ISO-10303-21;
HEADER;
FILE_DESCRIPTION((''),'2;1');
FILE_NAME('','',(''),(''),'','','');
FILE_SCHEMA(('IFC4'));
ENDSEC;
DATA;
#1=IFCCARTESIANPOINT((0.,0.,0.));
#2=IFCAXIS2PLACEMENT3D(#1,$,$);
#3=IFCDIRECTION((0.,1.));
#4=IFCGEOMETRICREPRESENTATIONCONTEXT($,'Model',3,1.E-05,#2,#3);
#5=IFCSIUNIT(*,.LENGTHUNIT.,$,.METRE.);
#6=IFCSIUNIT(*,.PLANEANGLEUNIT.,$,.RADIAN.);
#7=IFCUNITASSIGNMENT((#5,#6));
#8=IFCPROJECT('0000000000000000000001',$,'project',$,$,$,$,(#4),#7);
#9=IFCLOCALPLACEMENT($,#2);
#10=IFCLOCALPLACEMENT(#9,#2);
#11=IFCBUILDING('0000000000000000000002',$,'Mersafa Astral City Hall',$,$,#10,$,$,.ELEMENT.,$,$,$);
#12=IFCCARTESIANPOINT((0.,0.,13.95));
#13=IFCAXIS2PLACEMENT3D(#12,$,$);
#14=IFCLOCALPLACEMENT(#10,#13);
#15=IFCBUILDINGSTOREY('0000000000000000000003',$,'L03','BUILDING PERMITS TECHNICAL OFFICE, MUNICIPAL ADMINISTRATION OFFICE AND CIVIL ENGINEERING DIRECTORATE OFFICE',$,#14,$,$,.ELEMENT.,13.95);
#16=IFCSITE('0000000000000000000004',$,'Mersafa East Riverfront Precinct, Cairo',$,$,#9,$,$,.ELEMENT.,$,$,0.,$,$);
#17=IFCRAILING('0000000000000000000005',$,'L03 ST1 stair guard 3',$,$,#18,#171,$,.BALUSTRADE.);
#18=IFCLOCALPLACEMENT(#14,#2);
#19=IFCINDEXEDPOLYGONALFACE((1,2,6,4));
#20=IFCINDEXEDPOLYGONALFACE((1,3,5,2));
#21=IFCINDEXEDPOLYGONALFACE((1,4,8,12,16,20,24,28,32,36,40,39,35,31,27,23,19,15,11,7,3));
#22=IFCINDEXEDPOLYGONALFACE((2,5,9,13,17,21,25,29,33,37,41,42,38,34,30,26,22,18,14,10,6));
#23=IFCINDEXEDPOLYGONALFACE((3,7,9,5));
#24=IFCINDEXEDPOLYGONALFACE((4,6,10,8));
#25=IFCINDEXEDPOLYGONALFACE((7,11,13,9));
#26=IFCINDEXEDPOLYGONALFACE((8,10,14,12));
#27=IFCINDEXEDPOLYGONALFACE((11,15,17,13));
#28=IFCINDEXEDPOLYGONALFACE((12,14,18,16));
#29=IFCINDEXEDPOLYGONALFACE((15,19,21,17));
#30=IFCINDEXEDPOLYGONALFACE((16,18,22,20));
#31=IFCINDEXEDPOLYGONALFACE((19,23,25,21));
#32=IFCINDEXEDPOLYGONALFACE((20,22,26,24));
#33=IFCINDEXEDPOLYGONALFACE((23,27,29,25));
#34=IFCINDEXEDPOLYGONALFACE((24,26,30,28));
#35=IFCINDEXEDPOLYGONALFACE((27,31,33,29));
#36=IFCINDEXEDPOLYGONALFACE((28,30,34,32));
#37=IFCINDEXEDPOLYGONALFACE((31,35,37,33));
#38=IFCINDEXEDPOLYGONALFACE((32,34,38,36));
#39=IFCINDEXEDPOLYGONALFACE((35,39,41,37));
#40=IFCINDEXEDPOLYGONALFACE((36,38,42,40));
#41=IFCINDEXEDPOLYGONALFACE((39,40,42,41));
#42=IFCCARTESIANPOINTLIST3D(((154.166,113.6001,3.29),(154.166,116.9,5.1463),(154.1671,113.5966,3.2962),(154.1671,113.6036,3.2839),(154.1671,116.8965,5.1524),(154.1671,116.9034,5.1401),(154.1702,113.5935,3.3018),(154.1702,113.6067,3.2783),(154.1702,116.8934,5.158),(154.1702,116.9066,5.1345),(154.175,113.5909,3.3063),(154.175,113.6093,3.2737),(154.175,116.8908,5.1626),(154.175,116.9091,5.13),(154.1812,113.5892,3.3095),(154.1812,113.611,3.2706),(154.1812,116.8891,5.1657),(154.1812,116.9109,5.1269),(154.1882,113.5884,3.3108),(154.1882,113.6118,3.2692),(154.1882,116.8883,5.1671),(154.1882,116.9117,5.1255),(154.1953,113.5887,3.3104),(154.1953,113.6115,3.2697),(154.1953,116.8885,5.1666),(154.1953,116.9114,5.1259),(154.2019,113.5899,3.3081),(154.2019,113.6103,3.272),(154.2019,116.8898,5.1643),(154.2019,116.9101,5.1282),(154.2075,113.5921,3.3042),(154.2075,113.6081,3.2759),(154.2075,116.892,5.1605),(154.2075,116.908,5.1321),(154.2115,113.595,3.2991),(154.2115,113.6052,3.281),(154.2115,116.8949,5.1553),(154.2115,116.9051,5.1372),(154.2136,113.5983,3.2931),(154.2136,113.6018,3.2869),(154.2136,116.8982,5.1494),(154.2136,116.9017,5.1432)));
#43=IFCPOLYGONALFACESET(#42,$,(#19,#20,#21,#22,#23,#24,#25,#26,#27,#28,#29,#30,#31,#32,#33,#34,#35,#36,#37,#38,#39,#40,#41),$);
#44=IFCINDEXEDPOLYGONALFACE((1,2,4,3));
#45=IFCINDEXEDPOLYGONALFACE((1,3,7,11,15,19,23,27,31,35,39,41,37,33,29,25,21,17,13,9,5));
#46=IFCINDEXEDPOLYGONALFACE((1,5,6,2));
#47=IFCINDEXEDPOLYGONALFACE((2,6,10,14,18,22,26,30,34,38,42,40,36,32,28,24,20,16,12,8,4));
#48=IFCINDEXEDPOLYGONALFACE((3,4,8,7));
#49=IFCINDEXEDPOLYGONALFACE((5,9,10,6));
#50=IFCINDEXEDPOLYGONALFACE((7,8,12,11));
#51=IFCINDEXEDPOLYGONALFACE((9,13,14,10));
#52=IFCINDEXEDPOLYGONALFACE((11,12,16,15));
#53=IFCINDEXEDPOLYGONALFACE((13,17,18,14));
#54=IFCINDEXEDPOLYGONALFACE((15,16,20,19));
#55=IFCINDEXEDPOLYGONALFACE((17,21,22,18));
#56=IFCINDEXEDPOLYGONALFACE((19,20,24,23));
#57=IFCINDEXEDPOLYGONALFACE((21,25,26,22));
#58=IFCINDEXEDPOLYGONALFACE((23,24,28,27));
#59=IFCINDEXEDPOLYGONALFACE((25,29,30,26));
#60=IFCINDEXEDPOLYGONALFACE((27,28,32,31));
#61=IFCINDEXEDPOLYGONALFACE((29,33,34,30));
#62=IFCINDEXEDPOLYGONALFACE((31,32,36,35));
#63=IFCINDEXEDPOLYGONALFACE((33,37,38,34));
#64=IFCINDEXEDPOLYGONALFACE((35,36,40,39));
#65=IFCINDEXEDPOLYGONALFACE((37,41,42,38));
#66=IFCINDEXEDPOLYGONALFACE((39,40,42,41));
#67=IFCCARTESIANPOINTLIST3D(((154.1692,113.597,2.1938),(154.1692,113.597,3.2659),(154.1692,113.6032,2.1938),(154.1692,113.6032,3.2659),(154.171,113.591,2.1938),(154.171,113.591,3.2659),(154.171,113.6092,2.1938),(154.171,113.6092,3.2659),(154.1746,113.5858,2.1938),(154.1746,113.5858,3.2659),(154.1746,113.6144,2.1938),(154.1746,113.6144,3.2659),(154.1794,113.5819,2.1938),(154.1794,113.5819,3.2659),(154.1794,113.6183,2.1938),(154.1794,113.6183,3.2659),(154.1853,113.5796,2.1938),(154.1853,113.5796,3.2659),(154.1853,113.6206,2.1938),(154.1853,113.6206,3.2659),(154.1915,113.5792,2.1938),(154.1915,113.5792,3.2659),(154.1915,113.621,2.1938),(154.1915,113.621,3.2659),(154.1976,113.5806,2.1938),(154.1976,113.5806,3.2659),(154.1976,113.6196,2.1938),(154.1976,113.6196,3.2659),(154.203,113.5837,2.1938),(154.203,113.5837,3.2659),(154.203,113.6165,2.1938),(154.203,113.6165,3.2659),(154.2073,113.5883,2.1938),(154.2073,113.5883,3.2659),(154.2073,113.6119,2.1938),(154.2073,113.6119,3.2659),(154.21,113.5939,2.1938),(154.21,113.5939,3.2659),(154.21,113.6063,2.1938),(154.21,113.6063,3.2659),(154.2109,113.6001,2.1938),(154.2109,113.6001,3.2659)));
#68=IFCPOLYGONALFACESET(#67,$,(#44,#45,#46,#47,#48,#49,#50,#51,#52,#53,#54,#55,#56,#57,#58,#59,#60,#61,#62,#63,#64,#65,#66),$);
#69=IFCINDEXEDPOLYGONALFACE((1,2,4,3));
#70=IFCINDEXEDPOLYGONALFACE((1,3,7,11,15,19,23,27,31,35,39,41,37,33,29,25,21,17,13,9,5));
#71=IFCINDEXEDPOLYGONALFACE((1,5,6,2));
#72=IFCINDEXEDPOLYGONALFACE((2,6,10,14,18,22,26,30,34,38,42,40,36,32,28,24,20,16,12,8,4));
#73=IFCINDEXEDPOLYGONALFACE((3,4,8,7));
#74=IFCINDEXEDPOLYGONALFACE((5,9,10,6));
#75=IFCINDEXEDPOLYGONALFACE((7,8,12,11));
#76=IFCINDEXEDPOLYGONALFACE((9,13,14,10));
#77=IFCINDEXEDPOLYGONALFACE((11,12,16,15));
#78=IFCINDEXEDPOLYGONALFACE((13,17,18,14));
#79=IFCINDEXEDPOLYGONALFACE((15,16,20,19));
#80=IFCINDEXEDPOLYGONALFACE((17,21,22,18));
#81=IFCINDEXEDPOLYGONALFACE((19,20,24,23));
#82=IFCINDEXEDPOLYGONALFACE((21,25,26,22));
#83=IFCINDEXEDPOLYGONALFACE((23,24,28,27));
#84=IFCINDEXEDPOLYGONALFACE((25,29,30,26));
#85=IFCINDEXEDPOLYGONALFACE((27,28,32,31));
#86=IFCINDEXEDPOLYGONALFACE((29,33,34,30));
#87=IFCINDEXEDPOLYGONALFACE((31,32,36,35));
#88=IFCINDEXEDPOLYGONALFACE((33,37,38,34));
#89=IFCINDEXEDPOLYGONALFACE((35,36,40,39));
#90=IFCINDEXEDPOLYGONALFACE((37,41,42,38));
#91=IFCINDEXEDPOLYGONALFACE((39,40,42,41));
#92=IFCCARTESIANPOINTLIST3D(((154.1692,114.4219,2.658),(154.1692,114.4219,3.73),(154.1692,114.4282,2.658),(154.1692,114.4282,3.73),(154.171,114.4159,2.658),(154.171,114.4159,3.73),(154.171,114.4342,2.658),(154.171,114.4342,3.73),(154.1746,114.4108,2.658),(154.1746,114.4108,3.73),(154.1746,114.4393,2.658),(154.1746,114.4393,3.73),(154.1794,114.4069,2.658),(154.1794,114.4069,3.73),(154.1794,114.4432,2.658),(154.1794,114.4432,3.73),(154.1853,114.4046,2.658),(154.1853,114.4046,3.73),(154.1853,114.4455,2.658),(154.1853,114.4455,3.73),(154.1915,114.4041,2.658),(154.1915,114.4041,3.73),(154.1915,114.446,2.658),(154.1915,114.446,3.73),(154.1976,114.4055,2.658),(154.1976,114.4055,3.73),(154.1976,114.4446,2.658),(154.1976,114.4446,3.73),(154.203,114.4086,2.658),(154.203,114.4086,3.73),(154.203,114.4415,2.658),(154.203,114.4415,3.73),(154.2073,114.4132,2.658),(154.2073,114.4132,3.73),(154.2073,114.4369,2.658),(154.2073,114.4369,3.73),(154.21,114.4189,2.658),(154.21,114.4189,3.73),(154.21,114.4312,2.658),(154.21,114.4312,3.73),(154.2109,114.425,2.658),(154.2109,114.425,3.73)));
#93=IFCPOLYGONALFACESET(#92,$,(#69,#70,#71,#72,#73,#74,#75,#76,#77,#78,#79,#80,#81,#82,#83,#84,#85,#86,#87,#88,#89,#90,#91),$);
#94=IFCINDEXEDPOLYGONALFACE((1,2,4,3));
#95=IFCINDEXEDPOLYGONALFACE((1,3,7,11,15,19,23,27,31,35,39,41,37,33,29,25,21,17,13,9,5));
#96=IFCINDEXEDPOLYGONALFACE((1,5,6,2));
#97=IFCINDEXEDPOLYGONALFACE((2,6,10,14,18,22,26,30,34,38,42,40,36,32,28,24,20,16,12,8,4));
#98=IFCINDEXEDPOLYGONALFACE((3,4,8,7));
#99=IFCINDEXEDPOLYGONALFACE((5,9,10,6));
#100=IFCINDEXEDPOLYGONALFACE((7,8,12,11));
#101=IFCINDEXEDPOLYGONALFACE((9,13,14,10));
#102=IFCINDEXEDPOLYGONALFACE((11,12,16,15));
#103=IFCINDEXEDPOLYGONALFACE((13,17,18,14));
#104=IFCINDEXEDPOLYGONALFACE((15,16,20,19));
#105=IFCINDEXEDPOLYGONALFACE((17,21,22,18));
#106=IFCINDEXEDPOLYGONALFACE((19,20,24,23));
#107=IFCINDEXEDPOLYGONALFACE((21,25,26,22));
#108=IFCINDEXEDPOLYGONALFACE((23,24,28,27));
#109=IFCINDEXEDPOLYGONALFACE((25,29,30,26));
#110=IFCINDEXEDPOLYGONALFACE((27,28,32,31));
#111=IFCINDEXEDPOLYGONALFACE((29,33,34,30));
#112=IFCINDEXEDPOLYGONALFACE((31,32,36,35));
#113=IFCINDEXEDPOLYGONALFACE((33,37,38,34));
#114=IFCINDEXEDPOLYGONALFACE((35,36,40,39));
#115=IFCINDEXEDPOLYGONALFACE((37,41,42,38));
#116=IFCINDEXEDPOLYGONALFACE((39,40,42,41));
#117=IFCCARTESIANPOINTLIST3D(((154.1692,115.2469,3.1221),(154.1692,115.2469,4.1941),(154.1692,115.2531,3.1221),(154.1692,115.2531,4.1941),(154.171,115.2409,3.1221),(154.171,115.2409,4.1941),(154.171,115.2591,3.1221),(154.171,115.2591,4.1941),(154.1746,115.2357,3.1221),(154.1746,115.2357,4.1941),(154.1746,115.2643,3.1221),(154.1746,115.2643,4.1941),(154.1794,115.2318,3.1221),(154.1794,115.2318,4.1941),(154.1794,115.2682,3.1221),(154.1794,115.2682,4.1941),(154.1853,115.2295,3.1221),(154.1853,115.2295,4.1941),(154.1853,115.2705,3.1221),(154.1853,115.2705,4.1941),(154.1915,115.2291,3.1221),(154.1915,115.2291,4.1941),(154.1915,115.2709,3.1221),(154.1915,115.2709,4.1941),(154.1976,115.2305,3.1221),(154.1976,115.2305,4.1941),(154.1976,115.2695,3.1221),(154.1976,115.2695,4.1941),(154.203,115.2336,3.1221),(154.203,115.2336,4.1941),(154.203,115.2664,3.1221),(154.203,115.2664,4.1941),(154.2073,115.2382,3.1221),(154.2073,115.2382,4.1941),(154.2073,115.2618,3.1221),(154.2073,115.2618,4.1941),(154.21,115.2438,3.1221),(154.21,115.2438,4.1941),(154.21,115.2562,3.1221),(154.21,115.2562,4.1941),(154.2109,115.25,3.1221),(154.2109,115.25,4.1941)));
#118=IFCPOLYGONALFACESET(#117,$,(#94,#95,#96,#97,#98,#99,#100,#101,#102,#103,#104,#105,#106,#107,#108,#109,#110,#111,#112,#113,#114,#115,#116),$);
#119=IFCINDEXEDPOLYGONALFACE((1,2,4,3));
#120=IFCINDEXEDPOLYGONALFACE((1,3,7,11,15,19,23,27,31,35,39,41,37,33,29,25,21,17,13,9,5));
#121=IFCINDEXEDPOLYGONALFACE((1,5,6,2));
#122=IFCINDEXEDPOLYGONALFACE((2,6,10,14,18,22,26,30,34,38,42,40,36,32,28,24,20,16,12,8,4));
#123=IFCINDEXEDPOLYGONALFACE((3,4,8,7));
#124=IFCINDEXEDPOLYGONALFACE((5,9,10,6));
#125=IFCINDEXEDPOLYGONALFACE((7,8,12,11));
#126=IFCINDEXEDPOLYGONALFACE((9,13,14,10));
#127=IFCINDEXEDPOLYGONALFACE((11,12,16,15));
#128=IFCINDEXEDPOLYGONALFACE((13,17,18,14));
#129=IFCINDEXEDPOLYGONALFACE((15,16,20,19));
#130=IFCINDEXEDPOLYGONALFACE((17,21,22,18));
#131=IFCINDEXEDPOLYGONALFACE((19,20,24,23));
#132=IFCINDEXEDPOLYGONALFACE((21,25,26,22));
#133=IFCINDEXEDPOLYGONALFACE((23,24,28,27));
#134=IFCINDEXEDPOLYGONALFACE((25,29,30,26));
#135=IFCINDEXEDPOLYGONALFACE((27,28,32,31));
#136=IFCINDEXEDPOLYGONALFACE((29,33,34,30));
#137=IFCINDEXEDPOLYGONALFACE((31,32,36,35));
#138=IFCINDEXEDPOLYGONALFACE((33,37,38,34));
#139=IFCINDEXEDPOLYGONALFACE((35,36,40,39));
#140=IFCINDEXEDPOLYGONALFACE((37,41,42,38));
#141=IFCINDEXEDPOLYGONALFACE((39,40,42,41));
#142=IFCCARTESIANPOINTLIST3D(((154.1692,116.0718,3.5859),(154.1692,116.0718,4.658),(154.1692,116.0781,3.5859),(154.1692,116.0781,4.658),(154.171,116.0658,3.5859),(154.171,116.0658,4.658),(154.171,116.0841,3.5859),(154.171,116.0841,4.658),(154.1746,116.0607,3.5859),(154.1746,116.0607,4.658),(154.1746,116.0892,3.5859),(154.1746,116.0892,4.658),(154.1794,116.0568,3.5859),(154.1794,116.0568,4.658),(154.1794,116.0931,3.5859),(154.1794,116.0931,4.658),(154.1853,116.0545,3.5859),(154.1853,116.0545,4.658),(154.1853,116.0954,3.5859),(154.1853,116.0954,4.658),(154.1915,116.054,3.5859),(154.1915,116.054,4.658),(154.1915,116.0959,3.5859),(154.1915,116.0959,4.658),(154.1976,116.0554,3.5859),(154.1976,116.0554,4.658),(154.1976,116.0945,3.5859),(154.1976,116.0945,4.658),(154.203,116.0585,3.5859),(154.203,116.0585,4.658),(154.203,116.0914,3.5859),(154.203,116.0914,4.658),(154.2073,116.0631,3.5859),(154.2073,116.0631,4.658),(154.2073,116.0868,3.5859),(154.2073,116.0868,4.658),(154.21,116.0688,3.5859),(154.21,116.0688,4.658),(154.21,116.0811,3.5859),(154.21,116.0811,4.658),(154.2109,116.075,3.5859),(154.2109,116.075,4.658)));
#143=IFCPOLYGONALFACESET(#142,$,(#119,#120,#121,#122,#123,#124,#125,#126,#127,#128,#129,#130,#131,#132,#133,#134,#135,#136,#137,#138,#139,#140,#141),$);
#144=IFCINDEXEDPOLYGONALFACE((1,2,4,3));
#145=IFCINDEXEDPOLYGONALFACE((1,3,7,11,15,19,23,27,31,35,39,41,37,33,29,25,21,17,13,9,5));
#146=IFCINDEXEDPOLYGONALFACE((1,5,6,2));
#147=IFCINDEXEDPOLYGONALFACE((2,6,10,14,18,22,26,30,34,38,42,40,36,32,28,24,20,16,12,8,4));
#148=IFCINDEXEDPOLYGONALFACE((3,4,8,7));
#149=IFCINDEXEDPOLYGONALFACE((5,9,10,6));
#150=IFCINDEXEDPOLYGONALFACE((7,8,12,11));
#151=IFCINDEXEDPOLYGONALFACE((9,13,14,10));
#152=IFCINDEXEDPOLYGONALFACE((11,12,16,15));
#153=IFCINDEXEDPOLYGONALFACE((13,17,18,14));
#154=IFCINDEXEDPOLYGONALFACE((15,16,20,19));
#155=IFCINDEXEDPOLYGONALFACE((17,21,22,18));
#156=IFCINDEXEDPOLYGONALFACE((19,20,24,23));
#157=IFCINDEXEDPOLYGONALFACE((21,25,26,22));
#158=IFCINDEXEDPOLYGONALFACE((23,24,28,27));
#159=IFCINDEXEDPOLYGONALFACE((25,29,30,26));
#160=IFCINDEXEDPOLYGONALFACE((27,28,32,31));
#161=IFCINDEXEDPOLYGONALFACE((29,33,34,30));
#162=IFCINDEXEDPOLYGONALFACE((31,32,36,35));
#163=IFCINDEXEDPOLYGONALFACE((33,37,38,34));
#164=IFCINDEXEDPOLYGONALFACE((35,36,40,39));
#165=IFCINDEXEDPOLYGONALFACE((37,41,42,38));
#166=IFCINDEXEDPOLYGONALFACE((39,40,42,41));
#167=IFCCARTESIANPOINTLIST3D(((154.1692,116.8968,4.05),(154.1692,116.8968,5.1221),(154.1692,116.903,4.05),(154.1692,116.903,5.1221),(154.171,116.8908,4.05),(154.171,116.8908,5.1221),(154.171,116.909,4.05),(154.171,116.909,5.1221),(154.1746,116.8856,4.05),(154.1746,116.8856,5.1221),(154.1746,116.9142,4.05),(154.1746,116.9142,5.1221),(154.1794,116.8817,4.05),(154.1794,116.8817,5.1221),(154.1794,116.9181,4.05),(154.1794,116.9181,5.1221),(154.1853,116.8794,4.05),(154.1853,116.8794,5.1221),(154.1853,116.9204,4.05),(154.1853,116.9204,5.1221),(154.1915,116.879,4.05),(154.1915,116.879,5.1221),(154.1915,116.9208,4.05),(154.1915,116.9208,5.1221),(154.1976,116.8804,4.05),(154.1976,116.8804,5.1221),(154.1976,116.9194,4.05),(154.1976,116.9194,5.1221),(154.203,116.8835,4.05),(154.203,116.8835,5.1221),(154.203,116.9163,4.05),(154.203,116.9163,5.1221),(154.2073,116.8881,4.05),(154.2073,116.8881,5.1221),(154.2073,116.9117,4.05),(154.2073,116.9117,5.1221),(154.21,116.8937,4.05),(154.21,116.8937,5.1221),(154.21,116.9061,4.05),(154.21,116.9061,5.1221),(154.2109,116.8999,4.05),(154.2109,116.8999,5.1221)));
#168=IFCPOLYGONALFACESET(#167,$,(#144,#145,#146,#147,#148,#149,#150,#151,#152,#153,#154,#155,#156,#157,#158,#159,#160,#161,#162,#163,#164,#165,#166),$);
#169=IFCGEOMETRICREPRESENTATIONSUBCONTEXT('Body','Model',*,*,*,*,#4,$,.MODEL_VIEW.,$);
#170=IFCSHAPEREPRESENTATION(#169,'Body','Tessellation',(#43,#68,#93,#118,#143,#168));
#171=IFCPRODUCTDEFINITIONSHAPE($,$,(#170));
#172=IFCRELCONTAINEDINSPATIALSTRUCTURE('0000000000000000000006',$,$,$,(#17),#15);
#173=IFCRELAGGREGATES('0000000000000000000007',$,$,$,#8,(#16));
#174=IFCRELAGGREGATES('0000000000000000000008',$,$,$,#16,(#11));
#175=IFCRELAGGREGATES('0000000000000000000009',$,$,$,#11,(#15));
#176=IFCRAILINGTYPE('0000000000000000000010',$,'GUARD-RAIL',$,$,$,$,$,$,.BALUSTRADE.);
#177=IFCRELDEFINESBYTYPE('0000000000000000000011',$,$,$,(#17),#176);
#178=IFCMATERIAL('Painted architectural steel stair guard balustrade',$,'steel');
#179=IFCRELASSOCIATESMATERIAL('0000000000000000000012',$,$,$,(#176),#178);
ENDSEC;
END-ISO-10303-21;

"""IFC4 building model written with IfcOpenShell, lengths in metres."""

from ifc_helpers import new_model, si_unit, direction, frame, origin, origin_2d, place, context, subcontext, project, spatial, circle, extrude, material, type_object, element, save


model = new_model("IFC4")

# Units and contexts
model_context = context("Model", 3, precision=1e-05, world=origin(), true_north=direction((0.0, 1.0)))
body_context = subcontext(model_context, "Body", "Model", "MODEL_VIEW")
ifc_project = project(units=[si_unit("LENGTHUNIT", "METRE"), si_unit("PLANEANGLEUNIT", "RADIAN")], contexts=[model_context])

# Site, building, storey
site_placement = place(None, origin())
site = spatial("IfcSite", under=ifc_project, at=site_placement, Name="Mersafa East Riverfront Precinct, Cairo", CompositionType="ELEMENT", RefElevation=0.0)
building_placement = place(site_placement, origin())
building = spatial("IfcBuilding", under=site, at=building_placement, Name="Mersafa Astral City Hall", CompositionType="ELEMENT")
storey_placement = place(building_placement, frame((0.0, 0.0, 13.95)))
storey = spatial("IfcBuildingStorey", under=building, at=storey_placement, Name="L03", Description="BUILDING PERMITS TECHNICAL OFFICE, MUNICIPAL ADMINISTRATION OFFICE AND CIVIL ENGINEERING DIRECTORATE OFFICE", CompositionType="ELEMENT", Elevation=13.95)

# Railing
ifc_material_1 = material(Name="Painted architectural steel stair guard balustrade", Category="steel")
railing_type_1 = type_object("IfcRailingType", Name="GUARD-RAIL", PredefinedType="BALUSTRADE", material=ifc_material_1)
railing_1_placement = place(storey_placement, frame((154.1899, 113.6001, 2.1938)))
element("IfcRailing", 1, at=railing_1_placement, inside=storey, type_object=railing_type_1, Name="L03 ST1 stair guard 3", PredefinedType="BALUSTRADE", context=body_context, shape_type="SweptSolid", body=[
    extrude(circle(Radius=0.0239, at=origin_2d()), frame((0.0, 0.0, 1.0962), z_axis=(0.0, 0.871569, 0.490273), x_axis=(-1.0, 0.0, 0.0)), (0.0, 0.0, 1.0), 3.7861),
    extrude(circle(Radius=0.021, at=origin_2d()), origin(), (0.0, 0.0, 1.0), 1.072),
    extrude(circle(Radius=0.021, at=origin_2d()), frame((0.0, 0.825, 0.4641)), (0.0, 0.0, 1.0), 1.072),
    extrude(circle(Radius=0.021, at=origin_2d()), frame((0.0, 1.6499, 0.9282)), (0.0, 0.0, 1.0), 1.072),
    extrude(circle(Radius=0.021, at=origin_2d()), frame((0.0, 2.4749, 1.3921)), (0.0, 0.0, 1.0), 1.072),
    extrude(circle(Radius=0.021, at=origin_2d()), frame((0.0, 3.2998, 1.8562)), (0.0, 0.0, 1.0), 1.072),
])

save(model, "model.ifc")
